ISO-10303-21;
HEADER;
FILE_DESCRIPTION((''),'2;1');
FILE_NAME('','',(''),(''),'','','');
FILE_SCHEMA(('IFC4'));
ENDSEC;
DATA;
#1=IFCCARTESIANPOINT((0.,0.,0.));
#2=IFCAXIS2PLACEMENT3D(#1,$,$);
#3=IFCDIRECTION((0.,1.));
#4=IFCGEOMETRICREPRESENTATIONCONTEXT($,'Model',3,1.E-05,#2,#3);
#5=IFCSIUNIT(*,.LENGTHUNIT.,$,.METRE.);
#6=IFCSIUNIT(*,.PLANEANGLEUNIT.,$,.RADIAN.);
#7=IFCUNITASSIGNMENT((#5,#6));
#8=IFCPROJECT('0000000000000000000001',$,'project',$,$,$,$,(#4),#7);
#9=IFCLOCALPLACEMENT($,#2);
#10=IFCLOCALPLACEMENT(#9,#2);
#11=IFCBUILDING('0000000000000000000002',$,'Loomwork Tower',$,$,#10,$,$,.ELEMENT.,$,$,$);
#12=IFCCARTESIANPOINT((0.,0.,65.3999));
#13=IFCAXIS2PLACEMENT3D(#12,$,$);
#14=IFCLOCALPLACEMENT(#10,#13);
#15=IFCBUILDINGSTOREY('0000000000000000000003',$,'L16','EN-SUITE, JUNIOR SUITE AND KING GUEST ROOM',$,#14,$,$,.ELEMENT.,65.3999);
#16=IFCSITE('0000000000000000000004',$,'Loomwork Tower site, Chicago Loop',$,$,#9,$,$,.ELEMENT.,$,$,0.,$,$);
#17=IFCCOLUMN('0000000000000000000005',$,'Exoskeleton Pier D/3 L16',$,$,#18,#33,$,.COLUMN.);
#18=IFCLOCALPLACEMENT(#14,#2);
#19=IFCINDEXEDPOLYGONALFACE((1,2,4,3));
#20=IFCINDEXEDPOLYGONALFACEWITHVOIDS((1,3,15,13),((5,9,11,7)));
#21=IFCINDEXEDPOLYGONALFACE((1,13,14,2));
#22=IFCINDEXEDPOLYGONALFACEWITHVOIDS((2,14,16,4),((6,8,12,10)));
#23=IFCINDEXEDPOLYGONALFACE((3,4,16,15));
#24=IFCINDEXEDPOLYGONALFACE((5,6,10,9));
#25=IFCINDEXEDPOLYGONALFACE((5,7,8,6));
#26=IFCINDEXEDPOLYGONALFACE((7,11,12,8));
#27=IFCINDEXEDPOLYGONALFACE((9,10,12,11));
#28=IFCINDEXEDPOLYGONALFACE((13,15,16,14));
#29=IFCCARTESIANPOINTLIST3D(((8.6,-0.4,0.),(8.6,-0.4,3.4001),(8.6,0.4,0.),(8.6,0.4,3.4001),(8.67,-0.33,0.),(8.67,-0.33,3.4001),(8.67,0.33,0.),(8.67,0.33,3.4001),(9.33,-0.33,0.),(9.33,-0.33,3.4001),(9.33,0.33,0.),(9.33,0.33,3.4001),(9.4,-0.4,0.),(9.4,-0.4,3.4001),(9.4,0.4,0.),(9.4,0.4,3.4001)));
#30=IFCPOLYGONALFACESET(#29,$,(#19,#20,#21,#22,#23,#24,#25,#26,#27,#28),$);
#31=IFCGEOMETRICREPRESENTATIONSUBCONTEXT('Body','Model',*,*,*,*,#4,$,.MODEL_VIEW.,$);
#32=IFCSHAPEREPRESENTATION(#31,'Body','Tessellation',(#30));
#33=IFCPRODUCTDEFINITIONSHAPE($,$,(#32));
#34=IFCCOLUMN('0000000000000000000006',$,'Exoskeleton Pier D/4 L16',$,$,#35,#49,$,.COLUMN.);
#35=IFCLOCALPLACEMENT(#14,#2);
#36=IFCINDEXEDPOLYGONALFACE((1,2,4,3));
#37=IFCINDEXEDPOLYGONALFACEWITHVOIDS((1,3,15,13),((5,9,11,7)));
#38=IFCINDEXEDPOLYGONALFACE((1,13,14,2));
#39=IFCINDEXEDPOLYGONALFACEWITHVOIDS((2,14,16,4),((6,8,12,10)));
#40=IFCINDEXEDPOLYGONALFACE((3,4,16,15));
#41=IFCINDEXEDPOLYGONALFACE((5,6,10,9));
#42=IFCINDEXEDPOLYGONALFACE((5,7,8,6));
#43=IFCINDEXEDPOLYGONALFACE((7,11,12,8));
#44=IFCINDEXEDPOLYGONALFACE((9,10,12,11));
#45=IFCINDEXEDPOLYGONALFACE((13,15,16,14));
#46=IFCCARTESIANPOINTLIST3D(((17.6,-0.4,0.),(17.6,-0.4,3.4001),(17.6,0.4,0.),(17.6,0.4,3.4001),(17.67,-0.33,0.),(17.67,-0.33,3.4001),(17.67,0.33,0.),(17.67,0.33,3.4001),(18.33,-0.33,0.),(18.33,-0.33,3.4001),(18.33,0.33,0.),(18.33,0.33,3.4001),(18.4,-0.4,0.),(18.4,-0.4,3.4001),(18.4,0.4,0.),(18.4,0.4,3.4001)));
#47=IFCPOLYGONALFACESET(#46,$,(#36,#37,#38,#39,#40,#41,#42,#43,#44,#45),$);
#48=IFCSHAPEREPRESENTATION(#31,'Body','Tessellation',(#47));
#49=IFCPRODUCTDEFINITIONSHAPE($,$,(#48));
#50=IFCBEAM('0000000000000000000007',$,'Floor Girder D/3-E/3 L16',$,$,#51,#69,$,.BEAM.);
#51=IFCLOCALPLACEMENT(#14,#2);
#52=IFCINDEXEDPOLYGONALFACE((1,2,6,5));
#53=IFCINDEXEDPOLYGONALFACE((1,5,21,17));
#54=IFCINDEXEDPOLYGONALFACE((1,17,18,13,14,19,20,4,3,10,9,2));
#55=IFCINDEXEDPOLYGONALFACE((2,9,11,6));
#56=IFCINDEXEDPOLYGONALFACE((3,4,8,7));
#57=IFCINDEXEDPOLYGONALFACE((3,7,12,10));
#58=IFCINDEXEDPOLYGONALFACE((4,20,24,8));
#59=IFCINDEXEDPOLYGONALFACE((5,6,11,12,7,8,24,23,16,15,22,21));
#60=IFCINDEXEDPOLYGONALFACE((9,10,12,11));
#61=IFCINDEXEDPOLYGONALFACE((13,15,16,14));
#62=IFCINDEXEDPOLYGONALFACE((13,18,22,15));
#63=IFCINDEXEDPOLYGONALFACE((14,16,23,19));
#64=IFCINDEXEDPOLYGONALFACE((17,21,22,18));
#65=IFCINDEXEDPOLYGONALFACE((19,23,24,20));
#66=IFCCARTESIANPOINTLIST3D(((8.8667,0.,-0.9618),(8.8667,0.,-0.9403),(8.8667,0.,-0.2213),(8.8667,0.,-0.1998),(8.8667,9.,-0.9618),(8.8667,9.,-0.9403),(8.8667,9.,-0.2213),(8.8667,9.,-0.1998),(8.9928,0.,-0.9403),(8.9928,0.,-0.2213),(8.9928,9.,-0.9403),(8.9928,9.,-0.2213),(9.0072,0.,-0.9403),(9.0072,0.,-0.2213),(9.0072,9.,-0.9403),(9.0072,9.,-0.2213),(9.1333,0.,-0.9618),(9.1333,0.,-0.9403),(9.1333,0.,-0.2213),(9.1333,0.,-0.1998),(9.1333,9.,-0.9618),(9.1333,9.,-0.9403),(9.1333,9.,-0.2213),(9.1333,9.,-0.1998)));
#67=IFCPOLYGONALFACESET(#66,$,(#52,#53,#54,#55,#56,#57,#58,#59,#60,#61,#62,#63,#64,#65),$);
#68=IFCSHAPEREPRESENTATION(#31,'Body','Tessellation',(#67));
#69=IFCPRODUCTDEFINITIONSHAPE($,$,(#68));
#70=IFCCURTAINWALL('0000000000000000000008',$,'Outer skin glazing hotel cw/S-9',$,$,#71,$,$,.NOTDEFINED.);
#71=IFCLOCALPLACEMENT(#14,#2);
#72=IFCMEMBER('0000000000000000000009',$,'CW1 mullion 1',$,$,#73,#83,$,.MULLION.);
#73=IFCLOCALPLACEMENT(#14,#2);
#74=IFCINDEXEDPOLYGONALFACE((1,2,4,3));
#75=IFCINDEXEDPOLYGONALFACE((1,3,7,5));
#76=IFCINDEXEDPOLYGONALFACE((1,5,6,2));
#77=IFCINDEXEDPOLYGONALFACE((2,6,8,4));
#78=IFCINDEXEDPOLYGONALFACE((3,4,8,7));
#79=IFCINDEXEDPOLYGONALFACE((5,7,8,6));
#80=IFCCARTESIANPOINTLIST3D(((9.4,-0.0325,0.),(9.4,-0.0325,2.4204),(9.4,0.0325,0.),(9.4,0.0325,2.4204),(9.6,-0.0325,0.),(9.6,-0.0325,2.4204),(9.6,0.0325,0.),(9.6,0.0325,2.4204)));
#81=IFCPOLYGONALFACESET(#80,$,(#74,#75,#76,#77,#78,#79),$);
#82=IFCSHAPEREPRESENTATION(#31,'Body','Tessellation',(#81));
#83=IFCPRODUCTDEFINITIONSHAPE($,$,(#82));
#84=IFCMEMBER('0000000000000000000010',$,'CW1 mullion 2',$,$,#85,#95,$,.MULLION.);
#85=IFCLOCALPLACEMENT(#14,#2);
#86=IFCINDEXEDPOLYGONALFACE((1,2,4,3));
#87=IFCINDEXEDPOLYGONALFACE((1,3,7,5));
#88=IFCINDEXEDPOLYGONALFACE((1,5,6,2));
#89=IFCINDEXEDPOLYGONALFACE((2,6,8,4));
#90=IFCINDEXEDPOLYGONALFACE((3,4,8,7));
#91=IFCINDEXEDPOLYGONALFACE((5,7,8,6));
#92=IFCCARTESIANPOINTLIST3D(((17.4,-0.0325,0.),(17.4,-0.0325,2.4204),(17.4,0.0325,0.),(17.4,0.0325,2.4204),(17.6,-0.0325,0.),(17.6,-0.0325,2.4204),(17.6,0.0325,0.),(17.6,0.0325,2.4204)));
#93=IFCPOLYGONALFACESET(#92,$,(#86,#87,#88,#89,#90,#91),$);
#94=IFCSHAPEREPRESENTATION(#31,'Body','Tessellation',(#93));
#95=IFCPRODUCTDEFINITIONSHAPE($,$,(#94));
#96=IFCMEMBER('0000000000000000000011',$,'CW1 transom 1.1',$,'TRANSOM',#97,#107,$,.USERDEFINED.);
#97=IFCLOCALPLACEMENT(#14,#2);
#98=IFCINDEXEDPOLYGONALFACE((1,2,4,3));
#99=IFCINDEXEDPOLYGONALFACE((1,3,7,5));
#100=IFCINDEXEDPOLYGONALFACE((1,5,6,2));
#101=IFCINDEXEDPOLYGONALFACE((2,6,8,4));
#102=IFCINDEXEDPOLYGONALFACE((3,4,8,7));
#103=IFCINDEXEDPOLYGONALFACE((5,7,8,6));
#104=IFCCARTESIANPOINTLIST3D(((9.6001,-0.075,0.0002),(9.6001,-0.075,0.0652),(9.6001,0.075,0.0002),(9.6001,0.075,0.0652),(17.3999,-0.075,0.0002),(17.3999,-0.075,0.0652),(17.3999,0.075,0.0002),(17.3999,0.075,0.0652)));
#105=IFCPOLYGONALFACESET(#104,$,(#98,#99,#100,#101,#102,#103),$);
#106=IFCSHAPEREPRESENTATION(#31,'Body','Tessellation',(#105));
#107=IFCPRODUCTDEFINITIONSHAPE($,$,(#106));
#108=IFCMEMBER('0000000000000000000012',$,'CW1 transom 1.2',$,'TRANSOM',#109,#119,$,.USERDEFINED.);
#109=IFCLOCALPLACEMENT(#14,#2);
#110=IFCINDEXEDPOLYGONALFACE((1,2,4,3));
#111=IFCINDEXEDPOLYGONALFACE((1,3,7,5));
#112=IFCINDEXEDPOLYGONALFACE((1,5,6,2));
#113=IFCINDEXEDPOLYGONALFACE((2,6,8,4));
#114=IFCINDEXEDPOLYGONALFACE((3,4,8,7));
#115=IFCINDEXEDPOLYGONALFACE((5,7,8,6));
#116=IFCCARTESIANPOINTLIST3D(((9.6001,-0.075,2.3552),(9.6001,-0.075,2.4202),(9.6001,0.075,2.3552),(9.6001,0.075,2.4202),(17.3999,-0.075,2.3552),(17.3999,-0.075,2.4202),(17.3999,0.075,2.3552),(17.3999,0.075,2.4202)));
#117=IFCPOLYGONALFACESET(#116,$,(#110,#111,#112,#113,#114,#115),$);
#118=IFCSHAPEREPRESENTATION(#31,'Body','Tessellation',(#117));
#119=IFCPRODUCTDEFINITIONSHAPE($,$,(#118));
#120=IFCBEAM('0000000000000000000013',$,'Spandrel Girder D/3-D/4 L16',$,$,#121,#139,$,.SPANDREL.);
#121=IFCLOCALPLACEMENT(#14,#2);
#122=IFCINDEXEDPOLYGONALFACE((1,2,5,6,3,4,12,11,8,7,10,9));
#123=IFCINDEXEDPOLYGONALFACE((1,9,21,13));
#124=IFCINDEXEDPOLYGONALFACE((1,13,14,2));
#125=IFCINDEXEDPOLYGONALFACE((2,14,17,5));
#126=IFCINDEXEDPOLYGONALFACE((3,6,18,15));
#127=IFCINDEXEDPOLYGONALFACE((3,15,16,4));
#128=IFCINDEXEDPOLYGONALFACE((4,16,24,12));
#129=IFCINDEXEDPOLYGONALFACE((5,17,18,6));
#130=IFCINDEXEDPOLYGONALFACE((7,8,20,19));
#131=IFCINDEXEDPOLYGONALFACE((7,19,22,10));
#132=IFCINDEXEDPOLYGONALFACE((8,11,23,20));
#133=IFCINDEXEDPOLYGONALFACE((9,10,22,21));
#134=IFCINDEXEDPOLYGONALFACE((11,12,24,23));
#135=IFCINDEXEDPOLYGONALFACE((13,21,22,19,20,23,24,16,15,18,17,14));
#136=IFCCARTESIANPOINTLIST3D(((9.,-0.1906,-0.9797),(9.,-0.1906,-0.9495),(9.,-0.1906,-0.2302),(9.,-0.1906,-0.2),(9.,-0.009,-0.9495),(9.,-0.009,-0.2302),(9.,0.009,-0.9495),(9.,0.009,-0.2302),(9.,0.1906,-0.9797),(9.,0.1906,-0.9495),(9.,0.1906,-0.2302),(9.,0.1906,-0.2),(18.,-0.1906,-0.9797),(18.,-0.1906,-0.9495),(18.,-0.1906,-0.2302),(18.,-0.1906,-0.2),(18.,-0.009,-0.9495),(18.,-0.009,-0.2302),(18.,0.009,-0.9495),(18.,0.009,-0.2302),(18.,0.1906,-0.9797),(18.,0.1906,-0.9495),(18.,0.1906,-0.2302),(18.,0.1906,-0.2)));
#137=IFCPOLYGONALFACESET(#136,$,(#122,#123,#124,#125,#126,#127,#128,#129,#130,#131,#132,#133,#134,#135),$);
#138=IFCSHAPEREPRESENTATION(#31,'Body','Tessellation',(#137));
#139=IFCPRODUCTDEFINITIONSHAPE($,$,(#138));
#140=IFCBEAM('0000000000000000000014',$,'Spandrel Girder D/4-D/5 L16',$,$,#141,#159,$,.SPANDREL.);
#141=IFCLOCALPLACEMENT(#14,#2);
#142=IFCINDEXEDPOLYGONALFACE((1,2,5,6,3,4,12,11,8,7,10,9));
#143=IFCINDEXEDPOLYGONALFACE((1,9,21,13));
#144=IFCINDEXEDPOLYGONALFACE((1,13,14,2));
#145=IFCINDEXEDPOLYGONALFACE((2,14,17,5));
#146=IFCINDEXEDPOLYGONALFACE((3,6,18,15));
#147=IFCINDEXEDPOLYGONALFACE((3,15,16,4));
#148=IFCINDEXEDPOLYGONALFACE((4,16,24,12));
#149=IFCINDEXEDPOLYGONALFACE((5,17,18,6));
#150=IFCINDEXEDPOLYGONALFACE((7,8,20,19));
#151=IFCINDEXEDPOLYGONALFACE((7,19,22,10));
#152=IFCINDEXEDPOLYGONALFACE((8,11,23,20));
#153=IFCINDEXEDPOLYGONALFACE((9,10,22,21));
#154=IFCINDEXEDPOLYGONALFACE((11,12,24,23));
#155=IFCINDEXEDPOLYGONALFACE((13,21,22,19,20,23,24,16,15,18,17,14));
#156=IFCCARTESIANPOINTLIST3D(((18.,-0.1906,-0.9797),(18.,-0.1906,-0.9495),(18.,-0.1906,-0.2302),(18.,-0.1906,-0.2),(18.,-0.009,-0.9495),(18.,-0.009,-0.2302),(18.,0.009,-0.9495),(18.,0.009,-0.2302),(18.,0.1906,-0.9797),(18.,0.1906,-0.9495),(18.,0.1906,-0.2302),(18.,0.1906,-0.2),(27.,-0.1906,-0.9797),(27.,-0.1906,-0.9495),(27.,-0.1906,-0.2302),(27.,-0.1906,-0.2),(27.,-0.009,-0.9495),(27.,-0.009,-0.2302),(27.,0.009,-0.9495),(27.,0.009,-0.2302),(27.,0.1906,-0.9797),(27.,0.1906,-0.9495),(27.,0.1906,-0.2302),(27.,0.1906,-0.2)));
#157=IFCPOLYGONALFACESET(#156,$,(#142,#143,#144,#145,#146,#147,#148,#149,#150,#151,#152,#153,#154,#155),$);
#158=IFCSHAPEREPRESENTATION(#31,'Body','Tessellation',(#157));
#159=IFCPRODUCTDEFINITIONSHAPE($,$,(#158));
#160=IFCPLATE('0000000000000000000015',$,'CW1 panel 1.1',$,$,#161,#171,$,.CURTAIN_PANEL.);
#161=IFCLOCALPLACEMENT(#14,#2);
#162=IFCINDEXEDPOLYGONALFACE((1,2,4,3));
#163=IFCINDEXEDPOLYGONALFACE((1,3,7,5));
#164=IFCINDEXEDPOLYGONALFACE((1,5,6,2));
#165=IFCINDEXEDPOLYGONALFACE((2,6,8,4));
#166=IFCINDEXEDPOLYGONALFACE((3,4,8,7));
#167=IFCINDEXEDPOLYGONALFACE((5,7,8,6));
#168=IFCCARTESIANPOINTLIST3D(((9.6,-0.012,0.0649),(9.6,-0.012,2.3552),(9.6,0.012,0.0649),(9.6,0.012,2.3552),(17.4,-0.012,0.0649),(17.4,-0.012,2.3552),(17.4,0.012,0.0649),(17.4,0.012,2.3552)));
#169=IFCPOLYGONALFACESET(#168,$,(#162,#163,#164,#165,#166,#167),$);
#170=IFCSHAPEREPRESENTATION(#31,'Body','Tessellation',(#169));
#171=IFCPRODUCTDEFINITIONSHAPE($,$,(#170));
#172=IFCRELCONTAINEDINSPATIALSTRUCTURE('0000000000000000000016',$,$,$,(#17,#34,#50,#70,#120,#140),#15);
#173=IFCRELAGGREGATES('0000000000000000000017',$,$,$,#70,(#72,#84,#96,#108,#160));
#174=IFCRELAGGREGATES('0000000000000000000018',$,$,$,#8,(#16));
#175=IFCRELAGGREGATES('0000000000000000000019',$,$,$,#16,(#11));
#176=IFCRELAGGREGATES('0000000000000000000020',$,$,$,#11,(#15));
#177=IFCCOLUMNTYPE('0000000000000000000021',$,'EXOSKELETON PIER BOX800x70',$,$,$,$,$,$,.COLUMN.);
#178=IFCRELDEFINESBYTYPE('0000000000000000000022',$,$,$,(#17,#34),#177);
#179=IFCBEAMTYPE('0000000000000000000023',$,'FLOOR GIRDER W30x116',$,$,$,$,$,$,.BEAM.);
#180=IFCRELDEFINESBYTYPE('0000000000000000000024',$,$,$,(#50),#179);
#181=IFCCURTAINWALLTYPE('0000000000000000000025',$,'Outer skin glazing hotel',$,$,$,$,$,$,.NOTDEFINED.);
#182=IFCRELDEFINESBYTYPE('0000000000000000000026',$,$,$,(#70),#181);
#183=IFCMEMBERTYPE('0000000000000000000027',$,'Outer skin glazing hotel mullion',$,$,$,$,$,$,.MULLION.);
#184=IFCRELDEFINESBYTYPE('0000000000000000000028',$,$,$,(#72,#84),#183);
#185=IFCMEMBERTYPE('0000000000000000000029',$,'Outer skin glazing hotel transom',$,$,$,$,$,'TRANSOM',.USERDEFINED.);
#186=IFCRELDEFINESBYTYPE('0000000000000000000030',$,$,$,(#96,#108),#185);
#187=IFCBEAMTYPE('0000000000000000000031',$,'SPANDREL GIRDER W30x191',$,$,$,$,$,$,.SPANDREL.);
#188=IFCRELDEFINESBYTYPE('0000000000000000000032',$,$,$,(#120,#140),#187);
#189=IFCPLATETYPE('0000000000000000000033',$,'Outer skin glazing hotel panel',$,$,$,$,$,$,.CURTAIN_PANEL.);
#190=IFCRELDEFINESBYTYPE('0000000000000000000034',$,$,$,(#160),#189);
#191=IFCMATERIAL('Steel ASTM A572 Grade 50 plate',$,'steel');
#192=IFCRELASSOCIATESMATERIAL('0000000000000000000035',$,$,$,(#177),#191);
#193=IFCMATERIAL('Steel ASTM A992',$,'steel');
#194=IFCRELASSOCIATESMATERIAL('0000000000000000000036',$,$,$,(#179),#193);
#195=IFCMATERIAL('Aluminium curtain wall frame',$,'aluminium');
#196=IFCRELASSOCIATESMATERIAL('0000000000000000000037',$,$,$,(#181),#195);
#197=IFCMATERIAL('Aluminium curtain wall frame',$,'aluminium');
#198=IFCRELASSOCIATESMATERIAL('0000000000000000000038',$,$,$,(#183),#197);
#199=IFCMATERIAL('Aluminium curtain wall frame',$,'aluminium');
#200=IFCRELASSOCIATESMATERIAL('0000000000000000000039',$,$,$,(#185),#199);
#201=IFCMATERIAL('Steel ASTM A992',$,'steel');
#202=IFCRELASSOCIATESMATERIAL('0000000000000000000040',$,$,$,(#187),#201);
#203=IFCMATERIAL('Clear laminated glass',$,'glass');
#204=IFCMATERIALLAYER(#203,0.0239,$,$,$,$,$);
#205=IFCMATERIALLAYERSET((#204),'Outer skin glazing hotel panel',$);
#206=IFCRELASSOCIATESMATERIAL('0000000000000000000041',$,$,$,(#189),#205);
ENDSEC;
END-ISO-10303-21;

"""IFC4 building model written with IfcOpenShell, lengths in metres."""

from ifc_helpers import new_model, si_unit, direction, frame, origin, origin_2d, place, context, subcontext, project, spatial, rectangle, hollow_rectangle, i_section, extrude, material, layer, layer_set, material_profile, profile_set, type_object, element, aggregate, save


model = new_model("IFC4")

# Units and contexts
model_context = context("Model", 3, precision=1e-05, world=origin(), true_north=direction((0.0, 1.0)))
body_context = subcontext(model_context, "Body", "Model", "MODEL_VIEW")
ifc_project = project(units=[si_unit("LENGTHUNIT", "METRE"), si_unit("PLANEANGLEUNIT", "RADIAN")], contexts=[model_context])

# Site, building, storey
site_placement = place(None, origin())
site = spatial("IfcSite", under=ifc_project, at=site_placement, Name="Loomwork Tower site, Chicago Loop", CompositionType="ELEMENT", RefElevation=0.0)
building_placement = place(site_placement, origin())
building = spatial("IfcBuilding", under=site, at=building_placement, Name="Loomwork Tower", CompositionType="ELEMENT")
storey_placement = place(building_placement, frame((0.0, 0.0, 65.3999)))
storey = spatial("IfcBuildingStorey", under=building, at=storey_placement, Name="L16", Description="EN-SUITE, JUNIOR SUITE AND KING GUEST ROOM", CompositionType="ELEMENT", Elevation=65.3999)

# Columns
ifc_material_1 = material(Name="Steel ASTM A572 Grade 50 plate", Category="steel")
ifc_material_profile_1 = material_profile(ifc_material_1, hollow_rectangle(XDim=0.8, YDim=0.8, WallThickness=0.0701, at=origin_2d()), Name="BOX800x70")
ifc_profile_set_1 = profile_set([ifc_material_profile_1], Name="Steel ASTM A572 Grade 50 plate")
column_type = type_object("IfcColumnType", Name="EXOSKELETON PIER BOX800x70", PredefinedType="COLUMN", material=ifc_profile_set_1)
for number, where, z_axis, x_axis, name in (
    (1, (9.0, 0.0, 0.0), (0.0, 0.0, 1.0), (1.0, 0.0, 0.0), "Exoskeleton Pier D/3 L16"),
    (2, (18.0, 0.0, 0.0), (0.0, 0.0, 1.0), (1.0, 0.0, 0.0), "Exoskeleton Pier D/4 L16"),
):
    element("IfcColumn", number, at=place(storey_placement, frame(where, z_axis=z_axis, x_axis=x_axis)), inside=storey, type_object=column_type, Name=name, PredefinedType="COLUMN", context=body_context, shape_type="SweptSolid", body=[
        extrude(hollow_rectangle(XDim=0.8, YDim=0.8, WallThickness=0.0701, at=origin_2d()), origin(), (0.0, 0.0, 1.0), 3.4001),
    ])

# Beam
ifc_material_2 = material(Name="Steel ASTM A992", Category="steel")
ifc_material_profile_2 = material_profile(ifc_material_2, i_section(OverallWidth=0.2666, OverallDepth=0.762, WebThickness=0.0144, FlangeThickness=0.0215, at=origin_2d()), Name="W30x116")
ifc_profile_set_2 = profile_set([ifc_material_profile_2], Name="Steel ASTM A992")
beam_type_1 = type_object("IfcBeamType", Name="FLOOR GIRDER W30x116", PredefinedType="BEAM", material=ifc_profile_set_2)
beam_placement = place(storey_placement, frame((9.0, 0.0, -0.5808), z_axis=(0.0, 1.0, 0.0), x_axis=(-1.0, 0.0, 0.0)))
element("IfcBeam", 3, at=beam_placement, inside=storey, type_object=beam_type_1, Name="Floor Girder D/3-E/3 L16", PredefinedType="BEAM", context=body_context, shape_type="SweptSolid", body=[
    extrude(i_section(OverallWidth=0.2666, OverallDepth=0.762, WebThickness=0.0144, FlangeThickness=0.0215, at=origin_2d()), origin(), (0.0, 0.0, 1.0), 9.0),
])

# Curtain wall, members
ifc_material_3 = material(Name="Aluminium curtain wall frame", Category="aluminium")
curtain_wall_type = type_object("IfcCurtainWallType", Name="Outer skin glazing hotel", PredefinedType="NOTDEFINED", material=ifc_material_3)
curtain_wall_placement = place(storey_placement, origin())
curtain_wall = element("IfcCurtainWall", 4, at=curtain_wall_placement, inside=storey, type_object=curtain_wall_type, Name="Outer skin glazing hotel cw/S-9", PredefinedType="NOTDEFINED")
ifc_material_4 = material(Name="Aluminium curtain wall frame", Category="aluminium")
ifc_material_profile_3 = material_profile(ifc_material_4, rectangle(XDim=0.0649, YDim=0.2, at=origin_2d()), Name="AL 65x200")
ifc_profile_set_3 = profile_set([ifc_material_profile_3], Name="Aluminium curtain wall frame")
member_type_1 = type_object("IfcMemberType", Name="Outer skin glazing hotel mullion", PredefinedType="MULLION", material=ifc_profile_set_3)
member_1_placement = place(storey_placement, frame((9.5, 0.0, 0.0), z_axis=(0.0, 0.0, 1.0), x_axis=(0.0, 1.0, 0.0)))
member_1 = element("IfcMember", 5, at=member_1_placement, type_object=member_type_1, Name="CW1 mullion 1", PredefinedType="MULLION", context=body_context, shape_type="SweptSolid", body=[
    extrude(rectangle(XDim=0.0649, YDim=0.2, at=origin_2d()), origin(), (0.0, 0.0, 1.0), 2.4204),
])
member_2_placement = place(storey_placement, frame((17.5, 0.0, 0.0), z_axis=(0.0, 0.0, 1.0), x_axis=(0.0, 1.0, 0.0)))
member_2 = element("IfcMember", 6, at=member_2_placement, type_object=member_type_1, Name="CW1 mullion 2", PredefinedType="MULLION", context=body_context, shape_type="SweptSolid", body=[
    extrude(rectangle(XDim=0.0649, YDim=0.2, at=origin_2d()), origin(), (0.0, 0.0, 1.0), 2.4204),
])
ifc_material_5 = material(Name="Aluminium curtain wall frame", Category="aluminium")
ifc_material_profile_4 = material_profile(ifc_material_5, rectangle(XDim=0.1499, YDim=0.0649, at=origin_2d()), Name="AL 65x150")
ifc_profile_set_4 = profile_set([ifc_material_profile_4], Name="Aluminium curtain wall frame")
member_type_2 = type_object("IfcMemberType", Name="Outer skin glazing hotel transom", ElementType="TRANSOM", PredefinedType="USERDEFINED", material=ifc_profile_set_4)
member_3_placement = place(storey_placement, frame((9.6001, 0.0, 0.0327), z_axis=(1.0, 0.0, 0.0), x_axis=(0.0, 1.0, 0.0)))
member_3 = element("IfcMember", 7, at=member_3_placement, type_object=member_type_2, Name="CW1 transom 1.1", ObjectType="TRANSOM", PredefinedType="USERDEFINED", context=body_context, shape_type="SweptSolid", body=[
    extrude(rectangle(XDim=0.1499, YDim=0.0649, at=origin_2d()), origin(), (0.0, 0.0, 1.0), 7.7998),
])
member_4_placement = place(storey_placement, frame((9.6001, 0.0, 2.3877), z_axis=(1.0, 0.0, 0.0), x_axis=(0.0, 1.0, 0.0)))
member_4 = element("IfcMember", 8, at=member_4_placement, type_object=member_type_2, Name="CW1 transom 1.2", ObjectType="TRANSOM", PredefinedType="USERDEFINED", context=body_context, shape_type="SweptSolid", body=[
    extrude(rectangle(XDim=0.1499, YDim=0.0649, at=origin_2d()), origin(), (0.0, 0.0, 1.0), 7.7998),
])

# Beams
ifc_material_6 = material(Name="Steel ASTM A992", Category="steel")
ifc_material_profile_5 = material_profile(ifc_material_6, i_section(OverallWidth=0.3811, OverallDepth=0.7798, WebThickness=0.0181, FlangeThickness=0.0303, at=origin_2d()), Name="W30x191")
ifc_profile_set_5 = profile_set([ifc_material_profile_5], Name="Steel ASTM A992")
beam_type_2 = type_object("IfcBeamType", Name="SPANDREL GIRDER W30x191", PredefinedType="SPANDREL", material=ifc_profile_set_5)
for number, where, z_axis, x_axis, name in (
    (9, (9.0, 0.0, -0.5898), (1.0, 0.0, 0.0), (0.0, 1.0, 0.0), "Spandrel Girder D/3-D/4 L16"),
    (10, (18.0, 0.0, -0.5898), (1.0, 0.0, 0.0), (0.0, 1.0, 0.0), "Spandrel Girder D/4-D/5 L16"),
):
    element("IfcBeam", number, at=place(storey_placement, frame(where, z_axis=z_axis, x_axis=x_axis)), inside=storey, type_object=beam_type_2, Name=name, PredefinedType="SPANDREL", context=body_context, shape_type="SweptSolid", body=[
        extrude(i_section(OverallWidth=0.3811, OverallDepth=0.7798, WebThickness=0.0181, FlangeThickness=0.0303, at=origin_2d()), origin(), (0.0, 0.0, 1.0), 9.0),
    ])

# Plate
ifc_material_7 = material(Name="Clear laminated glass", Category="glass")
ifc_layer_1 = layer(ifc_material_7, 0.0239)
ifc_layer_set_1 = layer_set([ifc_layer_1], Name="Outer skin glazing hotel panel")
plate_type = type_object("IfcPlateType", Name="Outer skin glazing hotel panel", PredefinedType="CURTAIN_PANEL", material=ifc_layer_set_1)
plate_placement = place(storey_placement, frame((13.5, 0.0, 0.0649), z_axis=(0.0, 0.0, 1.0), x_axis=(1.0, 0.0, 0.0)))
plate = element("IfcPlate", 11, at=plate_placement, type_object=plate_type, Name="CW1 panel 1.1", PredefinedType="CURTAIN_PANEL", context=body_context, shape_type="SweptSolid", body=[
    extrude(rectangle(XDim=7.8, YDim=0.0239, at=origin_2d()), origin(), (0.0, 0.0, 1.0), 2.2903),
])
aggregate(curtain_wall, [member_1, member_2, member_3, member_4, plate])

save(model, "model.ifc")
